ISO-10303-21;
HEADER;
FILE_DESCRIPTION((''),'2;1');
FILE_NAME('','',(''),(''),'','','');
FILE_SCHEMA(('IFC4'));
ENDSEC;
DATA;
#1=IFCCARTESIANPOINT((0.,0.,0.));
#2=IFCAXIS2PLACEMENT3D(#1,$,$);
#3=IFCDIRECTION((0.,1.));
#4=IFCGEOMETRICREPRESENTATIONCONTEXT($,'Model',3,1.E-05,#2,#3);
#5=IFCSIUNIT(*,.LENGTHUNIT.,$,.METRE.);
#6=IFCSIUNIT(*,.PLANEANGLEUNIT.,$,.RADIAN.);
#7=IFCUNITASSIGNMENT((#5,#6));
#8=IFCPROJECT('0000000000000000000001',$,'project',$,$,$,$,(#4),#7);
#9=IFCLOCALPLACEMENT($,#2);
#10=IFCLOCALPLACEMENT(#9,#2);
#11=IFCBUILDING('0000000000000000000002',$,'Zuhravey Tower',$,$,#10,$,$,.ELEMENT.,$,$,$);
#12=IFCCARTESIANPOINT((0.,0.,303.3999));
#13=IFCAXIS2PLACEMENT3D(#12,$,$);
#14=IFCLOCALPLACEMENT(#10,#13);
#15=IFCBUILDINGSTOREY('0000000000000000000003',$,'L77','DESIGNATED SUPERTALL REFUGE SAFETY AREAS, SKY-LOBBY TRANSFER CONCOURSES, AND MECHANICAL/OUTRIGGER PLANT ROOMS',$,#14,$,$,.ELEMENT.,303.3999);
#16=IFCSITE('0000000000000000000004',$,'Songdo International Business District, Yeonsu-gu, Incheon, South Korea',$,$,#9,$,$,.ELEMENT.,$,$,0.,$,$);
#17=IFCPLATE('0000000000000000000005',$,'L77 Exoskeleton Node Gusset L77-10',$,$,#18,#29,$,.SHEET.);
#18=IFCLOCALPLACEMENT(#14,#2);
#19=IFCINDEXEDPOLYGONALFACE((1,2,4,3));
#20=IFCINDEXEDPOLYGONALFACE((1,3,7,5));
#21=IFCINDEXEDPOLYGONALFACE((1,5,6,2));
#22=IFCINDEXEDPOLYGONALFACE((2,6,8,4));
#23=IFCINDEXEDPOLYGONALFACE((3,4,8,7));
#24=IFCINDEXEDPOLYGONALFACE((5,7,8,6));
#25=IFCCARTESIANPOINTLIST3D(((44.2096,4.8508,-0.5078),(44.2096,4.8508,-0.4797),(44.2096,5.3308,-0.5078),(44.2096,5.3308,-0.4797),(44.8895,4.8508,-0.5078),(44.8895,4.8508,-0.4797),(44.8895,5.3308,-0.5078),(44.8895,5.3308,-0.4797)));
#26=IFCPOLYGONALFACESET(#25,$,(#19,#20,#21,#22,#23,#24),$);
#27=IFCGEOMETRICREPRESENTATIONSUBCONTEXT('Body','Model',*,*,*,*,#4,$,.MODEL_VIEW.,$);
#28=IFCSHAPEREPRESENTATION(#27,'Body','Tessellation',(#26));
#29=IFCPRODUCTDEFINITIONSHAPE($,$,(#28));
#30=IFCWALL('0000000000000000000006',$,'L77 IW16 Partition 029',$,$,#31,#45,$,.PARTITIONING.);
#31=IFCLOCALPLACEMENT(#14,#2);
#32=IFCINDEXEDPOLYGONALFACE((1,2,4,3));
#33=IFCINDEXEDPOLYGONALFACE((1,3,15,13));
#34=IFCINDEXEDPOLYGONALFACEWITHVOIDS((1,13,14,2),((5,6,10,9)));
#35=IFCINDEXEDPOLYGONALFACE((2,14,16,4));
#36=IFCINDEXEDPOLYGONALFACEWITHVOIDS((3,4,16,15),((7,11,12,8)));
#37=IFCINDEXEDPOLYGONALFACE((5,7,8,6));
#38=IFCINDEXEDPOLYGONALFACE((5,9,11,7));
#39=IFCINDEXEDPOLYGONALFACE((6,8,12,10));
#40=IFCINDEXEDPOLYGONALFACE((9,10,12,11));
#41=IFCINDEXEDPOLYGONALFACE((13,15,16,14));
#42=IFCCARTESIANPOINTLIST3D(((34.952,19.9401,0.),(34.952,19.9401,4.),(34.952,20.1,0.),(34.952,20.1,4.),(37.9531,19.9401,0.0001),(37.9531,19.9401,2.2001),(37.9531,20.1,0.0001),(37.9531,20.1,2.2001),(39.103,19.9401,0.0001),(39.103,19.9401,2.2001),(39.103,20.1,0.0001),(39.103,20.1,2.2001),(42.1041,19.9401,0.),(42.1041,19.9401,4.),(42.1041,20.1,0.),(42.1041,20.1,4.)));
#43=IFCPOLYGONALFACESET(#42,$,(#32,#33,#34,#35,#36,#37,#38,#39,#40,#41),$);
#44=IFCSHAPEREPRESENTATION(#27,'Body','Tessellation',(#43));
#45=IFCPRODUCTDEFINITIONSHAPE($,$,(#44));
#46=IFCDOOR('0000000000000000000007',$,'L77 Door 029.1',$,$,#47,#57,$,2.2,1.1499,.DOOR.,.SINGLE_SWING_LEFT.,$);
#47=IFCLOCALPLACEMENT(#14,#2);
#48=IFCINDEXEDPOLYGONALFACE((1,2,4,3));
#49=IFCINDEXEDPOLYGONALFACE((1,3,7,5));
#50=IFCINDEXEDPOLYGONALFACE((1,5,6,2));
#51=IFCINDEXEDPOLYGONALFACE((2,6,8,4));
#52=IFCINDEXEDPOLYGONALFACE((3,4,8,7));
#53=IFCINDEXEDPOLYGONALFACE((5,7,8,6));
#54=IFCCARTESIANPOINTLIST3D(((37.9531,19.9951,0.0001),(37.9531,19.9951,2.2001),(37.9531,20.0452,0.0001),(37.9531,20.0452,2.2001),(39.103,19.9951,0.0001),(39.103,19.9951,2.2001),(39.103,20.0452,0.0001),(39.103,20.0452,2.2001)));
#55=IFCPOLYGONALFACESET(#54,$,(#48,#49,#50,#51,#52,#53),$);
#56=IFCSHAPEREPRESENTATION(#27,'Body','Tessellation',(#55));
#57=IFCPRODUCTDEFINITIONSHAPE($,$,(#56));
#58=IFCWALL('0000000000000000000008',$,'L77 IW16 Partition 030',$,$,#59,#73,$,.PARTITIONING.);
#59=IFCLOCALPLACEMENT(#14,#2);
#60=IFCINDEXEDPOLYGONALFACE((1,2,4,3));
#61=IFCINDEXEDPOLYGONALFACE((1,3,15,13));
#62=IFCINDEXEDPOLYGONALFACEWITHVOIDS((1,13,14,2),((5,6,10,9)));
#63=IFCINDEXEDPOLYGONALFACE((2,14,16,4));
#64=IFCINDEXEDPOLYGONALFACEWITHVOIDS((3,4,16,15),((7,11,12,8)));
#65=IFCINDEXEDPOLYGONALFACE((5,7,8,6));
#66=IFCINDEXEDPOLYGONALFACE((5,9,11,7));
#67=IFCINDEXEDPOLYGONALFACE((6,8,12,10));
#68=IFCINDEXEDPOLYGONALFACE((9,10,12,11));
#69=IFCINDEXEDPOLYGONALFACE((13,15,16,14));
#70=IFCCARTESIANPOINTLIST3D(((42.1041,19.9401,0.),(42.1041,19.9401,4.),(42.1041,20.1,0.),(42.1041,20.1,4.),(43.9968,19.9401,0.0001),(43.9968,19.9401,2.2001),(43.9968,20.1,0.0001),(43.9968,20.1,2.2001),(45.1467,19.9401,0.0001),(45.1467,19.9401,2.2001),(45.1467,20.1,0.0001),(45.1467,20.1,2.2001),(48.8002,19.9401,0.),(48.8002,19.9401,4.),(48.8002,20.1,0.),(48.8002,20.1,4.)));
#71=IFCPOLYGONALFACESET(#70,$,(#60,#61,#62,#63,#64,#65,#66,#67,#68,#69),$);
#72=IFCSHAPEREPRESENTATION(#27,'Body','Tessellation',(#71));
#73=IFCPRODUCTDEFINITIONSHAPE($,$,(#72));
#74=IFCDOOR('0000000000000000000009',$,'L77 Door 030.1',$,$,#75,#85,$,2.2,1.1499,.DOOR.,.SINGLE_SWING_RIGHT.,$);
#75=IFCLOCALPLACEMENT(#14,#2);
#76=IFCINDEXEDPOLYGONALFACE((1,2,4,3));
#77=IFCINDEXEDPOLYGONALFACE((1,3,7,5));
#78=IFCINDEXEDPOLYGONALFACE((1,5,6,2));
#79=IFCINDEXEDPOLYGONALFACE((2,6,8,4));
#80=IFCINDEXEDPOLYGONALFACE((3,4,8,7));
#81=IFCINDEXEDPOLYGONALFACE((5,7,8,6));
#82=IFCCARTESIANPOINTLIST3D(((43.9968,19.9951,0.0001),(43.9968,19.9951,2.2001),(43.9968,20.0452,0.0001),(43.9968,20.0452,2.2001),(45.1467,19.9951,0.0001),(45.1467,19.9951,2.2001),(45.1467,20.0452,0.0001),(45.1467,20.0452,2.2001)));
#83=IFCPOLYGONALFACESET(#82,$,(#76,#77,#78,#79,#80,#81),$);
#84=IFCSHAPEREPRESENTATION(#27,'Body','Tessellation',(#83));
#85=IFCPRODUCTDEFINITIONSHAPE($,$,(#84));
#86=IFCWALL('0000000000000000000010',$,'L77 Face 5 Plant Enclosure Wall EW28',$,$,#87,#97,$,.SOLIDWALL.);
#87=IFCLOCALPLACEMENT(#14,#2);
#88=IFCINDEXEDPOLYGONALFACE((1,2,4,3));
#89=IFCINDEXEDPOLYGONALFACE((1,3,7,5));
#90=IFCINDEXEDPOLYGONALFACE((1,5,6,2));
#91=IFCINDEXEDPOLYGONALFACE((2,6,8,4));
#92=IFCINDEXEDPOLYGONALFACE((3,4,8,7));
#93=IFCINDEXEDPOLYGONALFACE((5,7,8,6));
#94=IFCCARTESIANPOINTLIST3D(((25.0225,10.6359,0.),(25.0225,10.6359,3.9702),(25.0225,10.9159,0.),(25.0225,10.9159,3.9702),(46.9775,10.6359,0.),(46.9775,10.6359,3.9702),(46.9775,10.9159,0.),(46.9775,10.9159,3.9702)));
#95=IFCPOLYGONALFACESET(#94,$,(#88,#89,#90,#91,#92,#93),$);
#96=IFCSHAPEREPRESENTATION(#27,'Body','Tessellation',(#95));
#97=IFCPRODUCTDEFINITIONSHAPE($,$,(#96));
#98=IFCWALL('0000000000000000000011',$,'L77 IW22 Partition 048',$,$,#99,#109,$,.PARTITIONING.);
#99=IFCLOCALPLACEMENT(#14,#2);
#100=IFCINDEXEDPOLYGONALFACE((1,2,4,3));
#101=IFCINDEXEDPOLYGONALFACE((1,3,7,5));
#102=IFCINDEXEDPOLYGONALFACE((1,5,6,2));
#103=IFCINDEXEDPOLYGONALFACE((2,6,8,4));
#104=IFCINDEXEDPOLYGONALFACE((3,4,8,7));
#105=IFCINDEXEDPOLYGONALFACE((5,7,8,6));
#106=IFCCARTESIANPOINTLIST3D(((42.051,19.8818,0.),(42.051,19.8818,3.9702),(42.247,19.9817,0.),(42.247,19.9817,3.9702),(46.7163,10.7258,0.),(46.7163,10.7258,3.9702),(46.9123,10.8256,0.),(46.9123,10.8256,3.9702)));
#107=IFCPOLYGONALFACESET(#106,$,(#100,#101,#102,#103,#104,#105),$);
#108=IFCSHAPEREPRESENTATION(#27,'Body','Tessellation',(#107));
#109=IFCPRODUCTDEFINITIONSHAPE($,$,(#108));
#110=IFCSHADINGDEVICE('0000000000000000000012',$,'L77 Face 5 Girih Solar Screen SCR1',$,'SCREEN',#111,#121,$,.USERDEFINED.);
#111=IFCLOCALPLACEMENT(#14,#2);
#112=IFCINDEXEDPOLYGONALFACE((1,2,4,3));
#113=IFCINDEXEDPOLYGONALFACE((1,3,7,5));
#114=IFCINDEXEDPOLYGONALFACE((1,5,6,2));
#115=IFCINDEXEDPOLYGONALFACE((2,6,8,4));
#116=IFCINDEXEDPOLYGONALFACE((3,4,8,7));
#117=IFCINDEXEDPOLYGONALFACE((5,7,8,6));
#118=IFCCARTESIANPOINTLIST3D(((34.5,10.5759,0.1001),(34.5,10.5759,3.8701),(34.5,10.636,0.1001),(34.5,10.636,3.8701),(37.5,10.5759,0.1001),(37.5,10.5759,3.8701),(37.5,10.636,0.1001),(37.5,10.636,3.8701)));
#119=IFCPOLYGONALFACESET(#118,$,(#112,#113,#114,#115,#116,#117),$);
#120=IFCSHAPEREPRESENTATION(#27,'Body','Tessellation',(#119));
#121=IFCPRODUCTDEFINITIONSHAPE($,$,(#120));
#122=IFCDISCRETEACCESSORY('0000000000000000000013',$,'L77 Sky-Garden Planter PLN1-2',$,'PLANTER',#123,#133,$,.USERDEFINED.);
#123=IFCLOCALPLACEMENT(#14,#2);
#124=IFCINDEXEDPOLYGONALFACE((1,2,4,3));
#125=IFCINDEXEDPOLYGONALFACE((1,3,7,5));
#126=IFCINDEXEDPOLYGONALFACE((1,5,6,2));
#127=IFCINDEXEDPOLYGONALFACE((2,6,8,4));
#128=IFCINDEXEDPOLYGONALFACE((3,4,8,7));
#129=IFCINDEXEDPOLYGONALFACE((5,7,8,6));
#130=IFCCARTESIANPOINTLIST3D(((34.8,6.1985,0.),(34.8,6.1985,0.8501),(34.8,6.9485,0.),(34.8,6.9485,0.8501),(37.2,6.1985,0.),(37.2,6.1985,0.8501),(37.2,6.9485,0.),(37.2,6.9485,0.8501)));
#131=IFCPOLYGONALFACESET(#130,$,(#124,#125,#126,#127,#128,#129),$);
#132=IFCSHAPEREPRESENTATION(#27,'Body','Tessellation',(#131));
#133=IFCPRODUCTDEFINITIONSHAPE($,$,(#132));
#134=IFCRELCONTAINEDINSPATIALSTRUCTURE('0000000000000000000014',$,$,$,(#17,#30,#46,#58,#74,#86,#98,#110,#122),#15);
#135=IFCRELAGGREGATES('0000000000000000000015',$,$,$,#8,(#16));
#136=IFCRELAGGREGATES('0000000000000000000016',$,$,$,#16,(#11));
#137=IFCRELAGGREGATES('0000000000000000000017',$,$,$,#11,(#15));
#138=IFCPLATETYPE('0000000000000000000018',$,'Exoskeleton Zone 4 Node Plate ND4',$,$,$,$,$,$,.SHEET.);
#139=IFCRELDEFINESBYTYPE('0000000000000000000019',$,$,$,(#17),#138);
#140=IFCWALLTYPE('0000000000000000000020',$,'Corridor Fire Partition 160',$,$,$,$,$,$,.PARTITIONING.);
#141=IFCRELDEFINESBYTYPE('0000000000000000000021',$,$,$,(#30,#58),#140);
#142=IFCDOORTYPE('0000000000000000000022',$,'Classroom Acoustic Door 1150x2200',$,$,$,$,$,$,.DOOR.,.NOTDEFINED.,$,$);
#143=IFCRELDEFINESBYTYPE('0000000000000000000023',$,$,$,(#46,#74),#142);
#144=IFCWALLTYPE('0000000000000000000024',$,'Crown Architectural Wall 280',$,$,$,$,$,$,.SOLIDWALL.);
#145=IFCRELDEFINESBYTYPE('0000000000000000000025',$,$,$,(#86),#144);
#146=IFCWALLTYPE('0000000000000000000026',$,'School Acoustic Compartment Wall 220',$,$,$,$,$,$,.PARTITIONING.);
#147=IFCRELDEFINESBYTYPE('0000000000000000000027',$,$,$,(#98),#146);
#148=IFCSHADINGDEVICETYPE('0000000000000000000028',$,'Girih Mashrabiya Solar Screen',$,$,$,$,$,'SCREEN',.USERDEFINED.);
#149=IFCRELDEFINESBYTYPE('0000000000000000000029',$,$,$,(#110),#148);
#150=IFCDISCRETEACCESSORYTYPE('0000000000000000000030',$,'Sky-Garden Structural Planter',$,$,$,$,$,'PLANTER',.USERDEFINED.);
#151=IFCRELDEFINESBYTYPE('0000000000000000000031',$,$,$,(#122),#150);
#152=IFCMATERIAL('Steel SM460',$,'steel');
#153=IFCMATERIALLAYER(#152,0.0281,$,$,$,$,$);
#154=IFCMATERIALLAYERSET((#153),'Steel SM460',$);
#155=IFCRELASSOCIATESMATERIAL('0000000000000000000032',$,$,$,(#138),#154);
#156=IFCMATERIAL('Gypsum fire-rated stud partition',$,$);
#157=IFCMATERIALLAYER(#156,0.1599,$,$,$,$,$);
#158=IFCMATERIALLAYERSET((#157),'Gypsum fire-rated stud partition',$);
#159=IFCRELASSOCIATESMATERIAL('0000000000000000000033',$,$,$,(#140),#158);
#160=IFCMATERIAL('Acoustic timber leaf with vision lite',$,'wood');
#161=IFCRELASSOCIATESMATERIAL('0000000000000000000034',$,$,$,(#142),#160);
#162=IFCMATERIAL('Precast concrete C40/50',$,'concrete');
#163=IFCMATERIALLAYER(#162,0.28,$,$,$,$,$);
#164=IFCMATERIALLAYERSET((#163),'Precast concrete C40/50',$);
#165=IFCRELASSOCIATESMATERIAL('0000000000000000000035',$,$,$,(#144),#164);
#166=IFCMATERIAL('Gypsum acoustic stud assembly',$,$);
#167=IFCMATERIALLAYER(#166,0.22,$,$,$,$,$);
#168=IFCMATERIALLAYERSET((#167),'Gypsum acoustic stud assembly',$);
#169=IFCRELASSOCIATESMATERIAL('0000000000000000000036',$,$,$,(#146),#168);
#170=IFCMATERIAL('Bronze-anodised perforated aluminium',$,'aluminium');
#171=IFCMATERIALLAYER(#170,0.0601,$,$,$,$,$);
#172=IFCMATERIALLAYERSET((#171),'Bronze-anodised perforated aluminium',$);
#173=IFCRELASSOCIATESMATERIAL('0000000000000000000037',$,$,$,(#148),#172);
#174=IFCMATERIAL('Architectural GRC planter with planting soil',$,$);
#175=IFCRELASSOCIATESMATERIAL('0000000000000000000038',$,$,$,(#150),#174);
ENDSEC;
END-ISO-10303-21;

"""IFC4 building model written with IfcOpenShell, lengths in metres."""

from ifc_helpers import new_model, si_unit, direction, frame, frame_2d, origin, origin_2d, place, context, subcontext, project, spatial, rectangle, extrude, material, layer, layer_set, type_object, element, fill, save


model = new_model("IFC4")

# Units and contexts
model_context = context("Model", 3, precision=1e-05, world=origin(), true_north=direction((0.0, 1.0)))
body_context = subcontext(model_context, "Body", "Model", "MODEL_VIEW")
ifc_project = project(units=[si_unit("LENGTHUNIT", "METRE"), si_unit("PLANEANGLEUNIT", "RADIAN")], contexts=[model_context])

# Site, building, storey
site_placement = place(None, origin())
site = spatial("IfcSite", under=ifc_project, at=site_placement, Name="Songdo International Business District, Yeonsu-gu, Incheon, South Korea", CompositionType="ELEMENT", RefElevation=0.0)
building_placement = place(site_placement, origin())
building = spatial("IfcBuilding", under=site, at=building_placement, Name="Zuhravey Tower", CompositionType="ELEMENT")
storey_placement = place(building_placement, frame((0.0, 0.0, 303.3999)))
storey = spatial("IfcBuildingStorey", under=building, at=storey_placement, Name="L77", Description="DESIGNATED SUPERTALL REFUGE SAFETY AREAS, SKY-LOBBY TRANSFER CONCOURSES, AND MECHANICAL/OUTRIGGER PLANT ROOMS", CompositionType="ELEMENT", Elevation=303.3999)

# Shared definitions
ifc_material_1 = material(Name="Steel SM460", Category="steel")

# Plate
ifc_layer_1 = layer(ifc_material_1, 0.0281)
ifc_layer_set_1 = layer_set([ifc_layer_1], Name="Steel SM460")
plate_type_1 = type_object("IfcPlateType", Name="Exoskeleton Zone 4 Node Plate ND4", PredefinedType="SHEET", material=ifc_layer_set_1)
plate_1_placement = place(storey_placement, frame((44.5496, 5.0908, -0.5078), z_axis=(0.0, 0.0, 1.0), x_axis=(1.0, 0.0, 0.0)))
element("IfcPlate", 1, at=plate_1_placement, inside=storey, type_object=plate_type_1, Name="L77 Exoskeleton Node Gusset L77-10", PredefinedType="SHEET", context=body_context, shape_type="SweptSolid", body=[
    extrude(rectangle(XDim=0.6799, YDim=0.48, at=origin_2d()), origin(), (0.0, 0.0, 1.0), 0.0281),
])

# Walls, openings, doors
ifc_material_2 = material(Name="Gypsum fire-rated stud partition")
ifc_layer_2 = layer(ifc_material_2, 0.1599)
ifc_layer_set_2 = layer_set([ifc_layer_2], Name="Gypsum fire-rated stud partition")
wall_type_1 = type_object("IfcWallType", Name="Corridor Fire Partition 160", PredefinedType="PARTITIONING", material=ifc_layer_set_2)
wall_1_placement = place(storey_placement, frame((34.9519, 20.02, 0.0), z_axis=(0.0, 0.0, 1.0), x_axis=(1.0, 0.0, 0.0)))
wall_1 = element("IfcWall", 2, at=wall_1_placement, inside=storey, type_object=wall_type_1, Name="L77 IW16 Partition 029", PredefinedType="PARTITIONING", context=body_context, shape_type="SweptSolid", body=[
    extrude(rectangle(XDim=7.1521, YDim=0.1599, at=frame_2d((3.5762, 0.0))), origin(), (0.0, 0.0, 1.0), 4.0),
])
opening_1_placement = place(wall_1_placement, frame((3.0012, 0.0, 0.0)))
opening_1 = element("IfcOpeningElement", 3, at=opening_1_placement, cuts=wall_1, PredefinedType="OPENING", context=body_context, shape_type="SweptSolid", body=[
    extrude(rectangle(XDim=1.1499, YDim=2.2, at=frame_2d((0.575, 1.1001))), frame((0.0, 0.092, 0.0), z_axis=(0.0, -1.0, 0.0), x_axis=(1.0, 0.0, 0.0)), (0.0, 0.0, 1.0), 0.1838),
])
ifc_material_3 = material(Name="Acoustic timber leaf with vision lite", Category="wood")
door_type = type_object("IfcDoorType", Name="Classroom Acoustic Door 1150x2200", OperationType="NOTDEFINED", PredefinedType="DOOR", material=ifc_material_3)
door_1_placement = place(opening_1_placement, frame((1.1499, 0.0, 0.0), z_axis=(0.0, 0.0, 1.0), x_axis=(-1.0, 0.0, 0.0)))
door_1 = element("IfcDoor", 4, at=door_1_placement, inside=storey, type_object=door_type, Name="L77 Door 029.1", OperationType="SINGLE_SWING_LEFT", OverallHeight=2.2, OverallWidth=1.1499, PredefinedType="DOOR", context=body_context, shape_type="SweptSolid", body=[
    extrude(rectangle(XDim=1.1499, YDim=2.2, at=frame_2d((0.575, 1.1001))), frame((0.0, 0.0249, 0.0), z_axis=(0.0, -1.0, 0.0), x_axis=(1.0, 0.0, 0.0)), (0.0, 0.0, 1.0), 0.05),
])
fill(opening_1, door_1)
wall_2_placement = place(storey_placement, frame((42.104, 20.02, 0.0), z_axis=(0.0, 0.0, 1.0), x_axis=(1.0, 0.0, 0.0)))
wall_2 = element("IfcWall", 5, at=wall_2_placement, inside=storey, type_object=wall_type_1, Name="L77 IW16 Partition 030", PredefinedType="PARTITIONING", context=body_context, shape_type="SweptSolid", body=[
    extrude(rectangle(XDim=6.696, YDim=0.1599, at=frame_2d((3.3481, 0.0))), origin(), (0.0, 0.0, 1.0), 4.0),
])
opening_2_placement = place(wall_2_placement, frame((1.8928, 0.0, 0.0)))
opening_2 = element("IfcOpeningElement", 6, at=opening_2_placement, cuts=wall_2, PredefinedType="OPENING", context=body_context, shape_type="SweptSolid", body=[
    extrude(rectangle(XDim=1.1499, YDim=2.2, at=frame_2d((0.575, 1.1001))), frame((0.0, 0.092, 0.0), z_axis=(0.0, -1.0, 0.0), x_axis=(1.0, 0.0, 0.0)), (0.0, 0.0, 1.0), 0.1838),
])
door_2_placement = place(opening_2_placement, frame((1.1499, 0.0, 0.0), z_axis=(0.0, 0.0, 1.0), x_axis=(-1.0, 0.0, 0.0)))
door_2 = element("IfcDoor", 7, at=door_2_placement, inside=storey, type_object=door_type, Name="L77 Door 030.1", OperationType="SINGLE_SWING_RIGHT", OverallHeight=2.2, OverallWidth=1.1499, PredefinedType="DOOR", context=body_context, shape_type="SweptSolid", body=[
    extrude(rectangle(XDim=1.1499, YDim=2.2, at=frame_2d((0.575, 1.1001))), frame((0.0, 0.0249, 0.0), z_axis=(0.0, -1.0, 0.0), x_axis=(1.0, 0.0, 0.0)), (0.0, 0.0, 1.0), 0.05),
])
fill(opening_2, door_2)

# Walls
ifc_material_4 = material(Name="Precast concrete C40/50", Category="concrete")
ifc_layer_3 = layer(ifc_material_4, 0.28)
ifc_layer_set_3 = layer_set([ifc_layer_3], Name="Precast concrete C40/50")
wall_type_2 = type_object("IfcWallType", Name="Crown Architectural Wall 280", PredefinedType="SOLIDWALL", material=ifc_layer_set_3)
wall_3_placement = place(storey_placement, frame((46.9775, 10.7759, 0.0), z_axis=(0.0, 0.0, 1.0), x_axis=(-1.0, 0.0, 0.0)))
element("IfcWall", 8, at=wall_3_placement, inside=storey, type_object=wall_type_2, Name="L77 Face 5 Plant Enclosure Wall EW28", PredefinedType="SOLIDWALL", context=body_context, shape_type="SweptSolid", body=[
    extrude(rectangle(XDim=21.9551, YDim=0.28, at=frame_2d((10.9775, 0.0))), origin(), (0.0, 0.0, 1.0), 3.9702),
])
ifc_material_5 = material(Name="Gypsum acoustic stud assembly")
ifc_layer_4 = layer(ifc_material_5, 0.22)
ifc_layer_set_4 = layer_set([ifc_layer_4], Name="Gypsum acoustic stud assembly")
wall_type_3 = type_object("IfcWallType", Name="School Acoustic Compartment Wall 220", PredefinedType="PARTITIONING", material=ifc_layer_set_4)
wall_4_placement = place(storey_placement, frame((42.1489, 19.9319, 0.0), z_axis=(0.0, 0.0, 1.0), x_axis=(0.453996, -0.891004, 0.0)))
element("IfcWall", 9, at=wall_4_placement, inside=storey, type_object=wall_type_3, Name="L77 IW22 Partition 048", PredefinedType="PARTITIONING", context=body_context, shape_type="SweptSolid", body=[
    extrude(rectangle(XDim=10.2761, YDim=0.22, at=frame_2d((5.1382, 0.0))), origin(), (0.0, 0.0, 1.0), 3.9702),
])

# Shading device
ifc_material_6 = material(Name="Bronze-anodised perforated aluminium", Category="aluminium")
ifc_layer_5 = layer(ifc_material_6, 0.0601)
ifc_layer_set_5 = layer_set([ifc_layer_5], Name="Bronze-anodised perforated aluminium")
shading_device_type = type_object("IfcShadingDeviceType", Name="Girih Mashrabiya Solar Screen", ElementType="SCREEN", PredefinedType="USERDEFINED", material=ifc_layer_set_5)
shading_device_placement = place(storey_placement, frame((36.0, 10.606, 0.1001), z_axis=(0.0, 0.0, 1.0), x_axis=(-1.0, 0.0, 0.0)))
element("IfcShadingDevice", 10, at=shading_device_placement, inside=storey, type_object=shading_device_type, Name="L77 Face 5 Girih Solar Screen SCR1", ObjectType="SCREEN", PredefinedType="USERDEFINED", context=body_context, shape_type="SweptSolid", body=[
    extrude(rectangle(XDim=3.0, YDim=0.0601, at=origin_2d()), origin(), (0.0, 0.0, 1.0), 3.77),
])

# Discrete accessory
ifc_material_7 = material(Name="Architectural GRC planter with planting soil")
discrete_accessory_type = type_object("IfcDiscreteAccessoryType", Name="Sky-Garden Structural Planter", ElementType="PLANTER", PredefinedType="USERDEFINED", material=ifc_material_7)
discrete_accessory_placement = place(storey_placement, frame((36.0, 6.5735, 0.0), z_axis=(0.0, 0.0, 1.0), x_axis=(1.0, 0.0, 0.0)))
element("IfcDiscreteAccessory", 11, at=discrete_accessory_placement, inside=storey, type_object=discrete_accessory_type, Name="L77 Sky-Garden Planter PLN1-2", ObjectType="PLANTER", PredefinedType="USERDEFINED", context=body_context, shape_type="SweptSolid", body=[
    extrude(rectangle(XDim=2.3999, YDim=0.75, at=origin_2d()), origin(), (0.0, 0.0, 1.0), 0.8501),
])

save(model, "model.ifc")
